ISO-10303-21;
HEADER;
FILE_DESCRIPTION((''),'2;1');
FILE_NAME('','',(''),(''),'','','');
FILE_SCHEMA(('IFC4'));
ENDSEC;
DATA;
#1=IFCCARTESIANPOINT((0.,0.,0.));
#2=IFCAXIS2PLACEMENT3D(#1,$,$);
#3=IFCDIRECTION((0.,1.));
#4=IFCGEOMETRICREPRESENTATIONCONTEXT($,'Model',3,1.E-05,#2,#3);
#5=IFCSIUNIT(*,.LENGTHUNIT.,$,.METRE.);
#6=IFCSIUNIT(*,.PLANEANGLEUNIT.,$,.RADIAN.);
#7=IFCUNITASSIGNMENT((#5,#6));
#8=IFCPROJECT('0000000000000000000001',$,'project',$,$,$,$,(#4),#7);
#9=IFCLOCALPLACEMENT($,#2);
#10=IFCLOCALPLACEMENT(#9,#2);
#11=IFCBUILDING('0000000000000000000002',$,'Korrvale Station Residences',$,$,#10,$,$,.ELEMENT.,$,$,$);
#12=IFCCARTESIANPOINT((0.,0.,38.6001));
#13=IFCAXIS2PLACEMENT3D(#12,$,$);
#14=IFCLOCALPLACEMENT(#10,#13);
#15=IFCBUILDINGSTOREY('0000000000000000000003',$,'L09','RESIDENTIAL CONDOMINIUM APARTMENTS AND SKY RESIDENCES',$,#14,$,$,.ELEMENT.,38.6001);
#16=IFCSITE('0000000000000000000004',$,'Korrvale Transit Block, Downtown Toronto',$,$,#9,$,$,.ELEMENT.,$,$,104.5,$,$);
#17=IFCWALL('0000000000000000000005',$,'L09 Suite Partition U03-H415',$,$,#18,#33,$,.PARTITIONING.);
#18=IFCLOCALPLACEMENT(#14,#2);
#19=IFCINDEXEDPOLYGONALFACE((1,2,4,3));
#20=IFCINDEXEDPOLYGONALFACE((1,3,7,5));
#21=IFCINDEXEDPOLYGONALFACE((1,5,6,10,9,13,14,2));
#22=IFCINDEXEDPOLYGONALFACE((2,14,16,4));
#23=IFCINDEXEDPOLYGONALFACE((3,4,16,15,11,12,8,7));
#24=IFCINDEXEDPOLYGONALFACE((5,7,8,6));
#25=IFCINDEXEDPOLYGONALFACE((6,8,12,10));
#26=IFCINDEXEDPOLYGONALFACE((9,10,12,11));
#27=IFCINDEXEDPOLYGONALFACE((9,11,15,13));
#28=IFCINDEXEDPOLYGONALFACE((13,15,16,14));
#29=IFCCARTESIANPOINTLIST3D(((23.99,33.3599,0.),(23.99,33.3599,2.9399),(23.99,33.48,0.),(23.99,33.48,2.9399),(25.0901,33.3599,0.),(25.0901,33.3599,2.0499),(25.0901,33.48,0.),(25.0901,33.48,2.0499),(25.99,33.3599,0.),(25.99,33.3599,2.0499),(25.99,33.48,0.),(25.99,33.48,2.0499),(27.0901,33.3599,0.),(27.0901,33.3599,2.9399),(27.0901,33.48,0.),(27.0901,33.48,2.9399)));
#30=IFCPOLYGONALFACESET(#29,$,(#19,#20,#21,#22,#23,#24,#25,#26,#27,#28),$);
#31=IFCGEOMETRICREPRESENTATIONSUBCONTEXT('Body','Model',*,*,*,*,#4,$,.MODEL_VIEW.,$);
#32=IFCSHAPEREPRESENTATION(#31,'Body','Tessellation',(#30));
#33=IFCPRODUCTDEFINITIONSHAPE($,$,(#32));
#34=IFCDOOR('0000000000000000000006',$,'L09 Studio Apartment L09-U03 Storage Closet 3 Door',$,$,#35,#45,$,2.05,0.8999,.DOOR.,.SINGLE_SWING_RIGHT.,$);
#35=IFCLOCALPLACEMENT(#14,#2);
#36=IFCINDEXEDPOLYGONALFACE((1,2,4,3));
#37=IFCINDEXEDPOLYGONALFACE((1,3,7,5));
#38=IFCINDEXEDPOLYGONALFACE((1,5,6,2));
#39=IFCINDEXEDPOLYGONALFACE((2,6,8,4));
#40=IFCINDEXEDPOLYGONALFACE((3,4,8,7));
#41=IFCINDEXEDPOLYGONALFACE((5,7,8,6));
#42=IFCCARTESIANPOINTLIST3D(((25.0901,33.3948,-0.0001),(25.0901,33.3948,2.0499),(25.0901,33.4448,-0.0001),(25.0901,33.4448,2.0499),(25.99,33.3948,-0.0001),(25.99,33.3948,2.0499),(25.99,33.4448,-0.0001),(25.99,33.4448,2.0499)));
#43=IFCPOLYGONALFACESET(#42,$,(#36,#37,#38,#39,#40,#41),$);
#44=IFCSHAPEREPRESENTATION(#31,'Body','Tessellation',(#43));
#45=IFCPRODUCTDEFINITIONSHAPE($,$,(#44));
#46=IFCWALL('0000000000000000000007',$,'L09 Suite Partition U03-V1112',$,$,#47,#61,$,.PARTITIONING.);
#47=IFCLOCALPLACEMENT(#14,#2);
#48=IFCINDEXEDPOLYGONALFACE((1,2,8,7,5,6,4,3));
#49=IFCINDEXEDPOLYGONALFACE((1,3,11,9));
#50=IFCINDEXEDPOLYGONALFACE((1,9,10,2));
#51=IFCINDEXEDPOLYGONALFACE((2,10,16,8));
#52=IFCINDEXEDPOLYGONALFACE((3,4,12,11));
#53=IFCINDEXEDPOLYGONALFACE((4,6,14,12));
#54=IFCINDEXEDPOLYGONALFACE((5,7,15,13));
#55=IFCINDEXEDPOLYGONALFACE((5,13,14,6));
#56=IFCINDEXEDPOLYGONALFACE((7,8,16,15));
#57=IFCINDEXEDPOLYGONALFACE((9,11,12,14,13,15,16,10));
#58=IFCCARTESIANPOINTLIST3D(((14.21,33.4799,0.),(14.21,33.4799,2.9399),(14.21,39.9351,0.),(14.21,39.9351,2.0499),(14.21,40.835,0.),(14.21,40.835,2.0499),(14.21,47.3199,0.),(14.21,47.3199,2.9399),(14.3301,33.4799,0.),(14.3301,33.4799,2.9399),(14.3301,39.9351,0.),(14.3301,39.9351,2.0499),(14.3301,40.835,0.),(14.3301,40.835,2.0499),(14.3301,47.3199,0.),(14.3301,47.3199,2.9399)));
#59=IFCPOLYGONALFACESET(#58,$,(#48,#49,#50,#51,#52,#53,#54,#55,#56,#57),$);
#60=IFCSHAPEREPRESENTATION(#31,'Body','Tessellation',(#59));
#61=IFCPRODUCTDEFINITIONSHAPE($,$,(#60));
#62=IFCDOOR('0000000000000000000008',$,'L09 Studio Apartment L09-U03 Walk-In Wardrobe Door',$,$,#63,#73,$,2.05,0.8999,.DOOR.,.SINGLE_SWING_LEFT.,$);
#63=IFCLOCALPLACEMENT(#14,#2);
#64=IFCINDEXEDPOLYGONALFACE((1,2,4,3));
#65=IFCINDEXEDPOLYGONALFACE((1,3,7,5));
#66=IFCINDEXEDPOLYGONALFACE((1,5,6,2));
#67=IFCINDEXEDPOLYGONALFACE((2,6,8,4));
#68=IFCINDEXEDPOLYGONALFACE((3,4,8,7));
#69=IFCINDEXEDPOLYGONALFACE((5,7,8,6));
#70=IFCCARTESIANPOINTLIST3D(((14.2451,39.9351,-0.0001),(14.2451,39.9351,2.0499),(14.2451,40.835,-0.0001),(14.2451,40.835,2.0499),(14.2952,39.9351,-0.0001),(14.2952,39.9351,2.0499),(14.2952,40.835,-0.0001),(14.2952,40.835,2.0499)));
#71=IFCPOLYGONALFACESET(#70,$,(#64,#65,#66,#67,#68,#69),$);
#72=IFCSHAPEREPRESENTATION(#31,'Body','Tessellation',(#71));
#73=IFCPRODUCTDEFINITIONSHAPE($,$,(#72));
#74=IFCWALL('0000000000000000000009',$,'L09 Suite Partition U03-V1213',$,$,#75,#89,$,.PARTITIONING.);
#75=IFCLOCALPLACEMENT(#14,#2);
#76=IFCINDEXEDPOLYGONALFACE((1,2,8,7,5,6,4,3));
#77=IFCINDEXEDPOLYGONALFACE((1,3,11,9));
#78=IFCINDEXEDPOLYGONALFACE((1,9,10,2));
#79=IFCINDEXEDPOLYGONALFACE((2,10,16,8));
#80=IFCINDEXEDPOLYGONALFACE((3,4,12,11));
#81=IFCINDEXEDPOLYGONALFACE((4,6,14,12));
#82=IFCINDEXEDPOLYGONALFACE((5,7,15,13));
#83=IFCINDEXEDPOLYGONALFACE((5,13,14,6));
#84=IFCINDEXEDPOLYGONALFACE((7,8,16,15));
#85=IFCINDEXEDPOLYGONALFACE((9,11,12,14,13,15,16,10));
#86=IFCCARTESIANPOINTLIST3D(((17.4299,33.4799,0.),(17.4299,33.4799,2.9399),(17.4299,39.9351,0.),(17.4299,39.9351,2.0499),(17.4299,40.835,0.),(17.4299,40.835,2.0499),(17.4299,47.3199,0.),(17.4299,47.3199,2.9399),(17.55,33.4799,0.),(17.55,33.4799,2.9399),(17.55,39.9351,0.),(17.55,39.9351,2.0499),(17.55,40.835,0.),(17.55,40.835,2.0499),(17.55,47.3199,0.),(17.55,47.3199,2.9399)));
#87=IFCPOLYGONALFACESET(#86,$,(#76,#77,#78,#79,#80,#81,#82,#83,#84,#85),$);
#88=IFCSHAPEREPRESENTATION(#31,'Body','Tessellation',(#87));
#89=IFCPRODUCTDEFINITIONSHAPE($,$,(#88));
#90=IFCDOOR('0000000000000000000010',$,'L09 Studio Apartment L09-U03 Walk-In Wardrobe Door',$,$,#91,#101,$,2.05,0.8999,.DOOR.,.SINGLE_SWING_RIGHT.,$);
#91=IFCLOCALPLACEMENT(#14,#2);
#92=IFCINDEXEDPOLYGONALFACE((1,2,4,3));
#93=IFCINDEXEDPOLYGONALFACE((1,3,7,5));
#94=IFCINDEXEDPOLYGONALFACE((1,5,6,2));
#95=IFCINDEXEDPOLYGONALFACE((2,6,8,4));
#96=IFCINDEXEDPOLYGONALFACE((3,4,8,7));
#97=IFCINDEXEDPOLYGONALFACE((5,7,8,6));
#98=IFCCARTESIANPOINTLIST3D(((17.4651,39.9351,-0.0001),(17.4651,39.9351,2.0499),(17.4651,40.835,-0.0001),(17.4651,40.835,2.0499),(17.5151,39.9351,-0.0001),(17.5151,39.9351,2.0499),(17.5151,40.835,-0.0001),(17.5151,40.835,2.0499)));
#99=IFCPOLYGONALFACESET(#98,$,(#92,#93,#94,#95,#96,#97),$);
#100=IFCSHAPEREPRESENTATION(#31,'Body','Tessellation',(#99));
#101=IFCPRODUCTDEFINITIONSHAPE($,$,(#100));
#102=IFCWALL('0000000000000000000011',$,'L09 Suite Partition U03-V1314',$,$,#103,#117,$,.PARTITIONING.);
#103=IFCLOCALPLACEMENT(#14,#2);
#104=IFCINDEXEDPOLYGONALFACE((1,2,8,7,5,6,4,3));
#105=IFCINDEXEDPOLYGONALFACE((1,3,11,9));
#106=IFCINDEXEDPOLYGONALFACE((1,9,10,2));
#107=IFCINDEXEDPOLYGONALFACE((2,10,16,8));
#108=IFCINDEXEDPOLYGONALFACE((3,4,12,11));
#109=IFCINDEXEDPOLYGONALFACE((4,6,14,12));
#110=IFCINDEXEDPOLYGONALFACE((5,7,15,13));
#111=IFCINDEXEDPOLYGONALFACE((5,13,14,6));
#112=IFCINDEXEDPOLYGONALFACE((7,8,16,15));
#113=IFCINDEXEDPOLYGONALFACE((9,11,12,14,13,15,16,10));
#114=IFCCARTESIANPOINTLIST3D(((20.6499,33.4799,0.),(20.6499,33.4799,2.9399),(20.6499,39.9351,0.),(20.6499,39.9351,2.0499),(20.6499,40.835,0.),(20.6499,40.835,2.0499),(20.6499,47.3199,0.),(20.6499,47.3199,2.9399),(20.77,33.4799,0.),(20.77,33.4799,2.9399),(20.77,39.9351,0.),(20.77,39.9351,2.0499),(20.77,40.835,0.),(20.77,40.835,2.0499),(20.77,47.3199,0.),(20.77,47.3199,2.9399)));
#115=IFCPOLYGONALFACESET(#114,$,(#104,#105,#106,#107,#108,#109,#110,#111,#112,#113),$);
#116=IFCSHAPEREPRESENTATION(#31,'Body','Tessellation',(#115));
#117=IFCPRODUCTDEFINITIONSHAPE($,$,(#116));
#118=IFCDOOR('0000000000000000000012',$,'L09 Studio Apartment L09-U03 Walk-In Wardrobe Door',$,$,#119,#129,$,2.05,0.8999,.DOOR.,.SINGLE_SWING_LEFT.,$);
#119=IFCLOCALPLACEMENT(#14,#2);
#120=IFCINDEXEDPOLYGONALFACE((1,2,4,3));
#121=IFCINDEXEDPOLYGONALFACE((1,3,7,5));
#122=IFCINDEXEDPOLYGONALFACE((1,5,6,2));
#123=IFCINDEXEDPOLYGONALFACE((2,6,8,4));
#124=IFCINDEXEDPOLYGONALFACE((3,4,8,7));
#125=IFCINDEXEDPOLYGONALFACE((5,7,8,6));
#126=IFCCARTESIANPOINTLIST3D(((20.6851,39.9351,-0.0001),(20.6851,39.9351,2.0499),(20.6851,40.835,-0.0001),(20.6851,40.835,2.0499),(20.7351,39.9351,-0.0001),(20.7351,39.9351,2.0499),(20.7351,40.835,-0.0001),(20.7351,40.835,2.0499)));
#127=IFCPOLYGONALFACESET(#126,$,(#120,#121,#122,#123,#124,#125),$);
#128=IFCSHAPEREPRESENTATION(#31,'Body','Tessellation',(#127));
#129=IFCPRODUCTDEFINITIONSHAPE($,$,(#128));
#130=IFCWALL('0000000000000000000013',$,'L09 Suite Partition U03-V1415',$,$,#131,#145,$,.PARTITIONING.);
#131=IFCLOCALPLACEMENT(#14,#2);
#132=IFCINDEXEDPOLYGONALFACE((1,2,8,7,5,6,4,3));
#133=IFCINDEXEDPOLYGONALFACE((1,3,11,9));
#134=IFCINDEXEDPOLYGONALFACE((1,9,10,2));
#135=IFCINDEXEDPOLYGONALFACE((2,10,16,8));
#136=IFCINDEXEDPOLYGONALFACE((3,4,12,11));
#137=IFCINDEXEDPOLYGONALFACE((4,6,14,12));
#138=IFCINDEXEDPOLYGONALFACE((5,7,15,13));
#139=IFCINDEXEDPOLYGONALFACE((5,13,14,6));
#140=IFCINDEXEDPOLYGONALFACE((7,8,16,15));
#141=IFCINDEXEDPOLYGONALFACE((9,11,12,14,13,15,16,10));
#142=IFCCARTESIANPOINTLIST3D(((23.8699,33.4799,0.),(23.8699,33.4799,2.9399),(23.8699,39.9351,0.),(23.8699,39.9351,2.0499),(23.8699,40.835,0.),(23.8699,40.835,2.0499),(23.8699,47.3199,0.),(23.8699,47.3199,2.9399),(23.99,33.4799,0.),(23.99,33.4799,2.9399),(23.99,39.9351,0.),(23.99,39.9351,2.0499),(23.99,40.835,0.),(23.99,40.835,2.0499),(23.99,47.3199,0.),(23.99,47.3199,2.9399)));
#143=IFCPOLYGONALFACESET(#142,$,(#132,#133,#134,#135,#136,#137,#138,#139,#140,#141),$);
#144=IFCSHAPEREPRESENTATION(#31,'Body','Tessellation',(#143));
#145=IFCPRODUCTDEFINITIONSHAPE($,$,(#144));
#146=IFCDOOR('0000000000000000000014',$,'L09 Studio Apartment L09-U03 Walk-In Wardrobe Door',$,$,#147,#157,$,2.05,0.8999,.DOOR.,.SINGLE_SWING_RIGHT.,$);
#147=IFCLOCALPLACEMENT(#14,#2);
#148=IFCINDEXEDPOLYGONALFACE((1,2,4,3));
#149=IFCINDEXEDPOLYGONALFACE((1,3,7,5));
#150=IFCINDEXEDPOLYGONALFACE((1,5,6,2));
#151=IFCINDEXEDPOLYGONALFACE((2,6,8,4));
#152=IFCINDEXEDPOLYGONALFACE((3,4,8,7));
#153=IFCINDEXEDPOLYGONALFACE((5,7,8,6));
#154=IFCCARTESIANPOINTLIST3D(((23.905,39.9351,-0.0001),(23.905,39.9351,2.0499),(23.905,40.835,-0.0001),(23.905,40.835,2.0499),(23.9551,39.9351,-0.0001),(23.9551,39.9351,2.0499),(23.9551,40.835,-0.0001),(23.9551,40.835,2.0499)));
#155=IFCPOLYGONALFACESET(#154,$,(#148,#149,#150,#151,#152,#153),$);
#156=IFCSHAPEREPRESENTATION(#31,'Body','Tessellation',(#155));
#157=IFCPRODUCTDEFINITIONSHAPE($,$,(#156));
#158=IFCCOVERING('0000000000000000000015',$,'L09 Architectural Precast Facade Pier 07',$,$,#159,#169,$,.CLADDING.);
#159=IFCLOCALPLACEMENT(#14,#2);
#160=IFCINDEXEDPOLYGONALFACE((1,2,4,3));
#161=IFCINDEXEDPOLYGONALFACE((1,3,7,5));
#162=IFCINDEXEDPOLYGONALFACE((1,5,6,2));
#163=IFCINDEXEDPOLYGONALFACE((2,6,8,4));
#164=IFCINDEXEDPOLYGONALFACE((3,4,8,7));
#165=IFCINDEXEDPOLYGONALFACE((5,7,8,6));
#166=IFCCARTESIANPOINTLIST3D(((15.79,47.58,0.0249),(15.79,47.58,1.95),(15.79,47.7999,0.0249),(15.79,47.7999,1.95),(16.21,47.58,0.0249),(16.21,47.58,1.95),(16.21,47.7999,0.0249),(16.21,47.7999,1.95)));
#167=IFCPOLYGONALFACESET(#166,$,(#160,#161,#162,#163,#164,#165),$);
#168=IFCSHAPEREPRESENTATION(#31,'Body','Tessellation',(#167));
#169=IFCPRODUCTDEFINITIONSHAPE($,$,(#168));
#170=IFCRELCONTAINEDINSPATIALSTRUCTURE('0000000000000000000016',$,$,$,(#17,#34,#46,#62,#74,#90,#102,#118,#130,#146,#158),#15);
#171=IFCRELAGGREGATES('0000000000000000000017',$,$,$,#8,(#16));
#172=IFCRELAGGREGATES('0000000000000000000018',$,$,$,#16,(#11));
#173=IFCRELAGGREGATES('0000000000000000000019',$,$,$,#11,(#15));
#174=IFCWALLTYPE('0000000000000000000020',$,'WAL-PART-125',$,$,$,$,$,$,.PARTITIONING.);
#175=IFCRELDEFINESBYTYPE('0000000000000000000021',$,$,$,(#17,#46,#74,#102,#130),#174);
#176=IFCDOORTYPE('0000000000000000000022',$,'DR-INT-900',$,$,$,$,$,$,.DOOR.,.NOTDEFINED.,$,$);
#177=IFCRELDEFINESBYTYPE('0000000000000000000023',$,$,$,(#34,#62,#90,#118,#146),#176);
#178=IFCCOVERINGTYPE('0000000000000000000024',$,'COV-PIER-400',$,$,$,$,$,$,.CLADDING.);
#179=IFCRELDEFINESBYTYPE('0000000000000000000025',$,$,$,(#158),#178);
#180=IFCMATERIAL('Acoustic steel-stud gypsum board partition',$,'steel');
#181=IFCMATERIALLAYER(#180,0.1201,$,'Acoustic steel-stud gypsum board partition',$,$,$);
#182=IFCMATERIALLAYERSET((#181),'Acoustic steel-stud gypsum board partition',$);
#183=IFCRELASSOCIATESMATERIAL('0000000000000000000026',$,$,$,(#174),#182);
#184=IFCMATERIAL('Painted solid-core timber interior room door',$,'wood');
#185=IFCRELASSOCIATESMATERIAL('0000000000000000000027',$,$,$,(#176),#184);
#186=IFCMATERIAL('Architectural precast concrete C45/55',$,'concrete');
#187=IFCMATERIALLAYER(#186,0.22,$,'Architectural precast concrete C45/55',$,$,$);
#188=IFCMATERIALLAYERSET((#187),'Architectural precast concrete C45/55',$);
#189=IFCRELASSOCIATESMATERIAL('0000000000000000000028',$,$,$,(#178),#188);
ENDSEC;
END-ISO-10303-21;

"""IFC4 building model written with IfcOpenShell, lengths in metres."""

from ifc_helpers import new_model, si_unit, direction, frame, frame_2d, origin, origin_2d, place, context, subcontext, project, spatial, rectangle, extrude, material, layer, layer_set, type_object, element, fill, save


model = new_model("IFC4")

# Units and contexts
model_context = context("Model", 3, precision=1e-05, world=origin(), true_north=direction((0.0, 1.0)))
body_context = subcontext(model_context, "Body", "Model", "MODEL_VIEW")
ifc_project = project(units=[si_unit("LENGTHUNIT", "METRE"), si_unit("PLANEANGLEUNIT", "RADIAN")], contexts=[model_context])

# Site, building, storey
site_placement = place(None, origin())
site = spatial("IfcSite", under=ifc_project, at=site_placement, Name="Korrvale Transit Block, Downtown Toronto", CompositionType="ELEMENT", RefElevation=104.5)
building_placement = place(site_placement, origin())
building = spatial("IfcBuilding", under=site, at=building_placement, Name="Korrvale Station Residences", CompositionType="ELEMENT")
storey_placement = place(building_placement, frame((0.0, 0.0, 38.6001)))
storey = spatial("IfcBuildingStorey", under=building, at=storey_placement, Name="L09", Description="RESIDENTIAL CONDOMINIUM APARTMENTS AND SKY RESIDENCES", CompositionType="ELEMENT", Elevation=38.6001)

# Shared definitions
ifc_material_1 = material(Name="Acoustic steel-stud gypsum board partition", Category="steel")
ifc_layer_1 = layer(ifc_material_1, 0.1201, Name="Acoustic steel-stud gypsum board partition")
ifc_layer_set_1 = layer_set([ifc_layer_1], Name="Acoustic steel-stud gypsum board partition")
wall_type = type_object("IfcWallType", Name="WAL-PART-125", PredefinedType="PARTITIONING", material=ifc_layer_set_1)
ifc_material_2 = material(Name="Painted solid-core timber interior room door", Category="wood")
door_type = type_object("IfcDoorType", Name="DR-INT-900", OperationType="NOTDEFINED", PredefinedType="DOOR", material=ifc_material_2)

# Walls, openings, doors
wall_1_placement = place(storey_placement, frame((23.99, 33.4199, 0.0), z_axis=(0.0, 0.0, 1.0), x_axis=(1.0, 0.0, 0.0)))
wall_1 = element("IfcWall", 1, at=wall_1_placement, inside=storey, type_object=wall_type, Name="L09 Suite Partition U03-H415", PredefinedType="PARTITIONING", context=body_context, shape_type="SweptSolid", body=[
    extrude(rectangle(XDim=3.1001, YDim=0.1201, at=frame_2d((1.55, 0.0))), origin(), (0.0, 0.0, 1.0), 2.9399),
])
opening_1_placement = place(wall_1_placement, frame((1.1001, 0.0, 0.0)))
opening_1 = element("IfcOpeningElement", 2, at=opening_1_placement, cuts=wall_1, PredefinedType="OPENING", context=body_context, shape_type="SweptSolid", body=[
    extrude(rectangle(XDim=0.8999, YDim=2.05, at=frame_2d((0.45, 1.0249))), frame((0.0, 0.0701, 0.0), z_axis=(0.0, -1.0, 0.0), x_axis=(1.0, 0.0, 0.0)), (0.0, 0.0, 1.0), 0.1401),
])
door_1_placement = place(opening_1_placement, origin())
door_1 = element("IfcDoor", 3, at=door_1_placement, inside=storey, type_object=door_type, Name="L09 Studio Apartment L09-U03 Storage Closet 3 Door", OperationType="SINGLE_SWING_RIGHT", OverallHeight=2.05, OverallWidth=0.8999, PredefinedType="DOOR", context=body_context, shape_type="SweptSolid", body=[
    extrude(rectangle(XDim=0.8999, YDim=2.05, at=frame_2d((0.45, 1.0249))), frame((0.0, 0.0249, 0.0), z_axis=(0.0, -1.0, 0.0), x_axis=(1.0, 0.0, 0.0)), (0.0, 0.0, 1.0), 0.05),
])
fill(opening_1, door_1)
wall_2_placement = place(storey_placement, frame((14.27, 33.48, 0.0), z_axis=(0.0, 0.0, 1.0), x_axis=(0.0, 1.0, 0.0)))
wall_2 = element("IfcWall", 4, at=wall_2_placement, inside=storey, type_object=wall_type, Name="L09 Suite Partition U03-V1112", PredefinedType="PARTITIONING", context=body_context, shape_type="SweptSolid", body=[
    extrude(rectangle(XDim=13.8401, YDim=0.1201, at=frame_2d((6.9199, 0.0))), origin(), (0.0, 0.0, 1.0), 2.9399),
])
opening_2_placement = place(wall_2_placement, frame((6.4551, 0.0, 0.0)))
opening_2 = element("IfcOpeningElement", 5, at=opening_2_placement, cuts=wall_2, PredefinedType="OPENING", context=body_context, shape_type="SweptSolid", body=[
    extrude(rectangle(XDim=0.8999, YDim=2.05, at=frame_2d((0.45, 1.0249))), frame((0.0, 0.0701, 0.0), z_axis=(0.0, -1.0, 0.0), x_axis=(1.0, 0.0, 0.0)), (0.0, 0.0, 1.0), 0.1401),
])
door_2_placement = place(opening_2_placement, origin())
door_2 = element("IfcDoor", 6, at=door_2_placement, inside=storey, type_object=door_type, Name="L09 Studio Apartment L09-U03 Walk-In Wardrobe Door", OperationType="SINGLE_SWING_LEFT", OverallHeight=2.05, OverallWidth=0.8999, PredefinedType="DOOR", context=body_context, shape_type="SweptSolid", body=[
    extrude(rectangle(XDim=0.8999, YDim=2.05, at=frame_2d((0.45, 1.0249))), frame((0.0, 0.0249, 0.0), z_axis=(0.0, -1.0, 0.0), x_axis=(1.0, 0.0, 0.0)), (0.0, 0.0, 1.0), 0.05),
])
fill(opening_2, door_2)
wall_3_placement = place(storey_placement, frame((17.49, 33.48, 0.0), z_axis=(0.0, 0.0, 1.0), x_axis=(0.0, 1.0, 0.0)))
wall_3 = element("IfcWall", 7, at=wall_3_placement, inside=storey, type_object=wall_type, Name="L09 Suite Partition U03-V1213", PredefinedType="PARTITIONING", context=body_context, shape_type="SweptSolid", body=[
    extrude(rectangle(XDim=13.8401, YDim=0.1201, at=frame_2d((6.9199, 0.0))), origin(), (0.0, 0.0, 1.0), 2.9399),
])
opening_3_placement = place(wall_3_placement, frame((6.4551, 0.0, 0.0)))
opening_3 = element("IfcOpeningElement", 8, at=opening_3_placement, cuts=wall_3, PredefinedType="OPENING", context=body_context, shape_type="SweptSolid", body=[
    extrude(rectangle(XDim=0.8999, YDim=2.05, at=frame_2d((0.45, 1.0249))), frame((0.0, 0.0701, 0.0), z_axis=(0.0, -1.0, 0.0), x_axis=(1.0, 0.0, 0.0)), (0.0, 0.0, 1.0), 0.1401),
])
door_3_placement = place(opening_3_placement, origin())
door_3 = element("IfcDoor", 9, at=door_3_placement, inside=storey, type_object=door_type, Name="L09 Studio Apartment L09-U03 Walk-In Wardrobe Door", OperationType="SINGLE_SWING_RIGHT", OverallHeight=2.05, OverallWidth=0.8999, PredefinedType="DOOR", context=body_context, shape_type="SweptSolid", body=[
    extrude(rectangle(XDim=0.8999, YDim=2.05, at=frame_2d((0.45, 1.0249))), frame((0.0, 0.0249, 0.0), z_axis=(0.0, -1.0, 0.0), x_axis=(1.0, 0.0, 0.0)), (0.0, 0.0, 1.0), 0.05),
])
fill(opening_3, door_3)
wall_4_placement = place(storey_placement, frame((20.71, 33.48, 0.0), z_axis=(0.0, 0.0, 1.0), x_axis=(0.0, 1.0, 0.0)))
wall_4 = element("IfcWall", 10, at=wall_4_placement, inside=storey, type_object=wall_type, Name="L09 Suite Partition U03-V1314", PredefinedType="PARTITIONING", context=body_context, shape_type="SweptSolid", body=[
    extrude(rectangle(XDim=13.8401, YDim=0.1201, at=frame_2d((6.9199, 0.0))), origin(), (0.0, 0.0, 1.0), 2.9399),
])
opening_4_placement = place(wall_4_placement, frame((6.4551, 0.0, 0.0)))
opening_4 = element("IfcOpeningElement", 11, at=opening_4_placement, cuts=wall_4, PredefinedType="OPENING", context=body_context, shape_type="SweptSolid", body=[
    extrude(rectangle(XDim=0.8999, YDim=2.05, at=frame_2d((0.45, 1.0249))), frame((0.0, 0.0701, 0.0), z_axis=(0.0, -1.0, 0.0), x_axis=(1.0, 0.0, 0.0)), (0.0, 0.0, 1.0), 0.1401),
])
door_4_placement = place(opening_4_placement, origin())
door_4 = element("IfcDoor", 12, at=door_4_placement, inside=storey, type_object=door_type, Name="L09 Studio Apartment L09-U03 Walk-In Wardrobe Door", OperationType="SINGLE_SWING_LEFT", OverallHeight=2.05, OverallWidth=0.8999, PredefinedType="DOOR", context=body_context, shape_type="SweptSolid", body=[
    extrude(rectangle(XDim=0.8999, YDim=2.05, at=frame_2d((0.45, 1.0249))), frame((0.0, 0.0249, 0.0), z_axis=(0.0, -1.0, 0.0), x_axis=(1.0, 0.0, 0.0)), (0.0, 0.0, 1.0), 0.05),
])
fill(opening_4, door_4)
wall_5_placement = place(storey_placement, frame((23.9299, 33.48, 0.0), z_axis=(0.0, 0.0, 1.0), x_axis=(0.0, 1.0, 0.0)))
wall_5 = element("IfcWall", 13, at=wall_5_placement, inside=storey, type_object=wall_type, Name="L09 Suite Partition U03-V1415", PredefinedType="PARTITIONING", context=body_context, shape_type="SweptSolid", body=[
    extrude(rectangle(XDim=13.8401, YDim=0.1201, at=frame_2d((6.9199, 0.0))), origin(), (0.0, 0.0, 1.0), 2.9399),
])
opening_5_placement = place(wall_5_placement, frame((6.4551, 0.0, 0.0)))
opening_5 = element("IfcOpeningElement", 14, at=opening_5_placement, cuts=wall_5, PredefinedType="OPENING", context=body_context, shape_type="SweptSolid", body=[
    extrude(rectangle(XDim=0.8999, YDim=2.05, at=frame_2d((0.45, 1.0249))), frame((0.0, 0.0701, 0.0), z_axis=(0.0, -1.0, 0.0), x_axis=(1.0, 0.0, 0.0)), (0.0, 0.0, 1.0), 0.1401),
])
door_5_placement = place(opening_5_placement, origin())
door_5 = element("IfcDoor", 15, at=door_5_placement, inside=storey, type_object=door_type, Name="L09 Studio Apartment L09-U03 Walk-In Wardrobe Door", OperationType="SINGLE_SWING_RIGHT", OverallHeight=2.05, OverallWidth=0.8999, PredefinedType="DOOR", context=body_context, shape_type="SweptSolid", body=[
    extrude(rectangle(XDim=0.8999, YDim=2.05, at=frame_2d((0.45, 1.0249))), frame((0.0, 0.0249, 0.0), z_axis=(0.0, -1.0, 0.0), x_axis=(1.0, 0.0, 0.0)), (0.0, 0.0, 1.0), 0.05),
])
fill(opening_5, door_5)

# Covering
ifc_material_3 = material(Name="Architectural precast concrete C45/55", Category="concrete")
ifc_layer_2 = layer(ifc_material_3, 0.22, Name="Architectural precast concrete C45/55")
ifc_layer_set_2 = layer_set([ifc_layer_2], Name="Architectural precast concrete C45/55")
covering_type = type_object("IfcCoveringType", Name="COV-PIER-400", PredefinedType="CLADDING", material=ifc_layer_set_2)
for number, where, z_axis, x_axis, name in (
    (16, (16.0, 47.6899, 0.0249), (0.0, 0.0, 1.0), (1.0, 0.0, 0.0), "L09 Architectural Precast Facade Pier 07"),
):
    element("IfcCovering", number, at=place(storey_placement, frame(where, z_axis=z_axis, x_axis=x_axis)), inside=storey, type_object=covering_type, Name=name, PredefinedType="CLADDING", context=body_context, shape_type="SweptSolid", body=[
        extrude(rectangle(XDim=0.4199, YDim=0.22, at=origin_2d()), origin(), (0.0, 0.0, 1.0), 1.925),
    ])

save(model, "model.ifc")
